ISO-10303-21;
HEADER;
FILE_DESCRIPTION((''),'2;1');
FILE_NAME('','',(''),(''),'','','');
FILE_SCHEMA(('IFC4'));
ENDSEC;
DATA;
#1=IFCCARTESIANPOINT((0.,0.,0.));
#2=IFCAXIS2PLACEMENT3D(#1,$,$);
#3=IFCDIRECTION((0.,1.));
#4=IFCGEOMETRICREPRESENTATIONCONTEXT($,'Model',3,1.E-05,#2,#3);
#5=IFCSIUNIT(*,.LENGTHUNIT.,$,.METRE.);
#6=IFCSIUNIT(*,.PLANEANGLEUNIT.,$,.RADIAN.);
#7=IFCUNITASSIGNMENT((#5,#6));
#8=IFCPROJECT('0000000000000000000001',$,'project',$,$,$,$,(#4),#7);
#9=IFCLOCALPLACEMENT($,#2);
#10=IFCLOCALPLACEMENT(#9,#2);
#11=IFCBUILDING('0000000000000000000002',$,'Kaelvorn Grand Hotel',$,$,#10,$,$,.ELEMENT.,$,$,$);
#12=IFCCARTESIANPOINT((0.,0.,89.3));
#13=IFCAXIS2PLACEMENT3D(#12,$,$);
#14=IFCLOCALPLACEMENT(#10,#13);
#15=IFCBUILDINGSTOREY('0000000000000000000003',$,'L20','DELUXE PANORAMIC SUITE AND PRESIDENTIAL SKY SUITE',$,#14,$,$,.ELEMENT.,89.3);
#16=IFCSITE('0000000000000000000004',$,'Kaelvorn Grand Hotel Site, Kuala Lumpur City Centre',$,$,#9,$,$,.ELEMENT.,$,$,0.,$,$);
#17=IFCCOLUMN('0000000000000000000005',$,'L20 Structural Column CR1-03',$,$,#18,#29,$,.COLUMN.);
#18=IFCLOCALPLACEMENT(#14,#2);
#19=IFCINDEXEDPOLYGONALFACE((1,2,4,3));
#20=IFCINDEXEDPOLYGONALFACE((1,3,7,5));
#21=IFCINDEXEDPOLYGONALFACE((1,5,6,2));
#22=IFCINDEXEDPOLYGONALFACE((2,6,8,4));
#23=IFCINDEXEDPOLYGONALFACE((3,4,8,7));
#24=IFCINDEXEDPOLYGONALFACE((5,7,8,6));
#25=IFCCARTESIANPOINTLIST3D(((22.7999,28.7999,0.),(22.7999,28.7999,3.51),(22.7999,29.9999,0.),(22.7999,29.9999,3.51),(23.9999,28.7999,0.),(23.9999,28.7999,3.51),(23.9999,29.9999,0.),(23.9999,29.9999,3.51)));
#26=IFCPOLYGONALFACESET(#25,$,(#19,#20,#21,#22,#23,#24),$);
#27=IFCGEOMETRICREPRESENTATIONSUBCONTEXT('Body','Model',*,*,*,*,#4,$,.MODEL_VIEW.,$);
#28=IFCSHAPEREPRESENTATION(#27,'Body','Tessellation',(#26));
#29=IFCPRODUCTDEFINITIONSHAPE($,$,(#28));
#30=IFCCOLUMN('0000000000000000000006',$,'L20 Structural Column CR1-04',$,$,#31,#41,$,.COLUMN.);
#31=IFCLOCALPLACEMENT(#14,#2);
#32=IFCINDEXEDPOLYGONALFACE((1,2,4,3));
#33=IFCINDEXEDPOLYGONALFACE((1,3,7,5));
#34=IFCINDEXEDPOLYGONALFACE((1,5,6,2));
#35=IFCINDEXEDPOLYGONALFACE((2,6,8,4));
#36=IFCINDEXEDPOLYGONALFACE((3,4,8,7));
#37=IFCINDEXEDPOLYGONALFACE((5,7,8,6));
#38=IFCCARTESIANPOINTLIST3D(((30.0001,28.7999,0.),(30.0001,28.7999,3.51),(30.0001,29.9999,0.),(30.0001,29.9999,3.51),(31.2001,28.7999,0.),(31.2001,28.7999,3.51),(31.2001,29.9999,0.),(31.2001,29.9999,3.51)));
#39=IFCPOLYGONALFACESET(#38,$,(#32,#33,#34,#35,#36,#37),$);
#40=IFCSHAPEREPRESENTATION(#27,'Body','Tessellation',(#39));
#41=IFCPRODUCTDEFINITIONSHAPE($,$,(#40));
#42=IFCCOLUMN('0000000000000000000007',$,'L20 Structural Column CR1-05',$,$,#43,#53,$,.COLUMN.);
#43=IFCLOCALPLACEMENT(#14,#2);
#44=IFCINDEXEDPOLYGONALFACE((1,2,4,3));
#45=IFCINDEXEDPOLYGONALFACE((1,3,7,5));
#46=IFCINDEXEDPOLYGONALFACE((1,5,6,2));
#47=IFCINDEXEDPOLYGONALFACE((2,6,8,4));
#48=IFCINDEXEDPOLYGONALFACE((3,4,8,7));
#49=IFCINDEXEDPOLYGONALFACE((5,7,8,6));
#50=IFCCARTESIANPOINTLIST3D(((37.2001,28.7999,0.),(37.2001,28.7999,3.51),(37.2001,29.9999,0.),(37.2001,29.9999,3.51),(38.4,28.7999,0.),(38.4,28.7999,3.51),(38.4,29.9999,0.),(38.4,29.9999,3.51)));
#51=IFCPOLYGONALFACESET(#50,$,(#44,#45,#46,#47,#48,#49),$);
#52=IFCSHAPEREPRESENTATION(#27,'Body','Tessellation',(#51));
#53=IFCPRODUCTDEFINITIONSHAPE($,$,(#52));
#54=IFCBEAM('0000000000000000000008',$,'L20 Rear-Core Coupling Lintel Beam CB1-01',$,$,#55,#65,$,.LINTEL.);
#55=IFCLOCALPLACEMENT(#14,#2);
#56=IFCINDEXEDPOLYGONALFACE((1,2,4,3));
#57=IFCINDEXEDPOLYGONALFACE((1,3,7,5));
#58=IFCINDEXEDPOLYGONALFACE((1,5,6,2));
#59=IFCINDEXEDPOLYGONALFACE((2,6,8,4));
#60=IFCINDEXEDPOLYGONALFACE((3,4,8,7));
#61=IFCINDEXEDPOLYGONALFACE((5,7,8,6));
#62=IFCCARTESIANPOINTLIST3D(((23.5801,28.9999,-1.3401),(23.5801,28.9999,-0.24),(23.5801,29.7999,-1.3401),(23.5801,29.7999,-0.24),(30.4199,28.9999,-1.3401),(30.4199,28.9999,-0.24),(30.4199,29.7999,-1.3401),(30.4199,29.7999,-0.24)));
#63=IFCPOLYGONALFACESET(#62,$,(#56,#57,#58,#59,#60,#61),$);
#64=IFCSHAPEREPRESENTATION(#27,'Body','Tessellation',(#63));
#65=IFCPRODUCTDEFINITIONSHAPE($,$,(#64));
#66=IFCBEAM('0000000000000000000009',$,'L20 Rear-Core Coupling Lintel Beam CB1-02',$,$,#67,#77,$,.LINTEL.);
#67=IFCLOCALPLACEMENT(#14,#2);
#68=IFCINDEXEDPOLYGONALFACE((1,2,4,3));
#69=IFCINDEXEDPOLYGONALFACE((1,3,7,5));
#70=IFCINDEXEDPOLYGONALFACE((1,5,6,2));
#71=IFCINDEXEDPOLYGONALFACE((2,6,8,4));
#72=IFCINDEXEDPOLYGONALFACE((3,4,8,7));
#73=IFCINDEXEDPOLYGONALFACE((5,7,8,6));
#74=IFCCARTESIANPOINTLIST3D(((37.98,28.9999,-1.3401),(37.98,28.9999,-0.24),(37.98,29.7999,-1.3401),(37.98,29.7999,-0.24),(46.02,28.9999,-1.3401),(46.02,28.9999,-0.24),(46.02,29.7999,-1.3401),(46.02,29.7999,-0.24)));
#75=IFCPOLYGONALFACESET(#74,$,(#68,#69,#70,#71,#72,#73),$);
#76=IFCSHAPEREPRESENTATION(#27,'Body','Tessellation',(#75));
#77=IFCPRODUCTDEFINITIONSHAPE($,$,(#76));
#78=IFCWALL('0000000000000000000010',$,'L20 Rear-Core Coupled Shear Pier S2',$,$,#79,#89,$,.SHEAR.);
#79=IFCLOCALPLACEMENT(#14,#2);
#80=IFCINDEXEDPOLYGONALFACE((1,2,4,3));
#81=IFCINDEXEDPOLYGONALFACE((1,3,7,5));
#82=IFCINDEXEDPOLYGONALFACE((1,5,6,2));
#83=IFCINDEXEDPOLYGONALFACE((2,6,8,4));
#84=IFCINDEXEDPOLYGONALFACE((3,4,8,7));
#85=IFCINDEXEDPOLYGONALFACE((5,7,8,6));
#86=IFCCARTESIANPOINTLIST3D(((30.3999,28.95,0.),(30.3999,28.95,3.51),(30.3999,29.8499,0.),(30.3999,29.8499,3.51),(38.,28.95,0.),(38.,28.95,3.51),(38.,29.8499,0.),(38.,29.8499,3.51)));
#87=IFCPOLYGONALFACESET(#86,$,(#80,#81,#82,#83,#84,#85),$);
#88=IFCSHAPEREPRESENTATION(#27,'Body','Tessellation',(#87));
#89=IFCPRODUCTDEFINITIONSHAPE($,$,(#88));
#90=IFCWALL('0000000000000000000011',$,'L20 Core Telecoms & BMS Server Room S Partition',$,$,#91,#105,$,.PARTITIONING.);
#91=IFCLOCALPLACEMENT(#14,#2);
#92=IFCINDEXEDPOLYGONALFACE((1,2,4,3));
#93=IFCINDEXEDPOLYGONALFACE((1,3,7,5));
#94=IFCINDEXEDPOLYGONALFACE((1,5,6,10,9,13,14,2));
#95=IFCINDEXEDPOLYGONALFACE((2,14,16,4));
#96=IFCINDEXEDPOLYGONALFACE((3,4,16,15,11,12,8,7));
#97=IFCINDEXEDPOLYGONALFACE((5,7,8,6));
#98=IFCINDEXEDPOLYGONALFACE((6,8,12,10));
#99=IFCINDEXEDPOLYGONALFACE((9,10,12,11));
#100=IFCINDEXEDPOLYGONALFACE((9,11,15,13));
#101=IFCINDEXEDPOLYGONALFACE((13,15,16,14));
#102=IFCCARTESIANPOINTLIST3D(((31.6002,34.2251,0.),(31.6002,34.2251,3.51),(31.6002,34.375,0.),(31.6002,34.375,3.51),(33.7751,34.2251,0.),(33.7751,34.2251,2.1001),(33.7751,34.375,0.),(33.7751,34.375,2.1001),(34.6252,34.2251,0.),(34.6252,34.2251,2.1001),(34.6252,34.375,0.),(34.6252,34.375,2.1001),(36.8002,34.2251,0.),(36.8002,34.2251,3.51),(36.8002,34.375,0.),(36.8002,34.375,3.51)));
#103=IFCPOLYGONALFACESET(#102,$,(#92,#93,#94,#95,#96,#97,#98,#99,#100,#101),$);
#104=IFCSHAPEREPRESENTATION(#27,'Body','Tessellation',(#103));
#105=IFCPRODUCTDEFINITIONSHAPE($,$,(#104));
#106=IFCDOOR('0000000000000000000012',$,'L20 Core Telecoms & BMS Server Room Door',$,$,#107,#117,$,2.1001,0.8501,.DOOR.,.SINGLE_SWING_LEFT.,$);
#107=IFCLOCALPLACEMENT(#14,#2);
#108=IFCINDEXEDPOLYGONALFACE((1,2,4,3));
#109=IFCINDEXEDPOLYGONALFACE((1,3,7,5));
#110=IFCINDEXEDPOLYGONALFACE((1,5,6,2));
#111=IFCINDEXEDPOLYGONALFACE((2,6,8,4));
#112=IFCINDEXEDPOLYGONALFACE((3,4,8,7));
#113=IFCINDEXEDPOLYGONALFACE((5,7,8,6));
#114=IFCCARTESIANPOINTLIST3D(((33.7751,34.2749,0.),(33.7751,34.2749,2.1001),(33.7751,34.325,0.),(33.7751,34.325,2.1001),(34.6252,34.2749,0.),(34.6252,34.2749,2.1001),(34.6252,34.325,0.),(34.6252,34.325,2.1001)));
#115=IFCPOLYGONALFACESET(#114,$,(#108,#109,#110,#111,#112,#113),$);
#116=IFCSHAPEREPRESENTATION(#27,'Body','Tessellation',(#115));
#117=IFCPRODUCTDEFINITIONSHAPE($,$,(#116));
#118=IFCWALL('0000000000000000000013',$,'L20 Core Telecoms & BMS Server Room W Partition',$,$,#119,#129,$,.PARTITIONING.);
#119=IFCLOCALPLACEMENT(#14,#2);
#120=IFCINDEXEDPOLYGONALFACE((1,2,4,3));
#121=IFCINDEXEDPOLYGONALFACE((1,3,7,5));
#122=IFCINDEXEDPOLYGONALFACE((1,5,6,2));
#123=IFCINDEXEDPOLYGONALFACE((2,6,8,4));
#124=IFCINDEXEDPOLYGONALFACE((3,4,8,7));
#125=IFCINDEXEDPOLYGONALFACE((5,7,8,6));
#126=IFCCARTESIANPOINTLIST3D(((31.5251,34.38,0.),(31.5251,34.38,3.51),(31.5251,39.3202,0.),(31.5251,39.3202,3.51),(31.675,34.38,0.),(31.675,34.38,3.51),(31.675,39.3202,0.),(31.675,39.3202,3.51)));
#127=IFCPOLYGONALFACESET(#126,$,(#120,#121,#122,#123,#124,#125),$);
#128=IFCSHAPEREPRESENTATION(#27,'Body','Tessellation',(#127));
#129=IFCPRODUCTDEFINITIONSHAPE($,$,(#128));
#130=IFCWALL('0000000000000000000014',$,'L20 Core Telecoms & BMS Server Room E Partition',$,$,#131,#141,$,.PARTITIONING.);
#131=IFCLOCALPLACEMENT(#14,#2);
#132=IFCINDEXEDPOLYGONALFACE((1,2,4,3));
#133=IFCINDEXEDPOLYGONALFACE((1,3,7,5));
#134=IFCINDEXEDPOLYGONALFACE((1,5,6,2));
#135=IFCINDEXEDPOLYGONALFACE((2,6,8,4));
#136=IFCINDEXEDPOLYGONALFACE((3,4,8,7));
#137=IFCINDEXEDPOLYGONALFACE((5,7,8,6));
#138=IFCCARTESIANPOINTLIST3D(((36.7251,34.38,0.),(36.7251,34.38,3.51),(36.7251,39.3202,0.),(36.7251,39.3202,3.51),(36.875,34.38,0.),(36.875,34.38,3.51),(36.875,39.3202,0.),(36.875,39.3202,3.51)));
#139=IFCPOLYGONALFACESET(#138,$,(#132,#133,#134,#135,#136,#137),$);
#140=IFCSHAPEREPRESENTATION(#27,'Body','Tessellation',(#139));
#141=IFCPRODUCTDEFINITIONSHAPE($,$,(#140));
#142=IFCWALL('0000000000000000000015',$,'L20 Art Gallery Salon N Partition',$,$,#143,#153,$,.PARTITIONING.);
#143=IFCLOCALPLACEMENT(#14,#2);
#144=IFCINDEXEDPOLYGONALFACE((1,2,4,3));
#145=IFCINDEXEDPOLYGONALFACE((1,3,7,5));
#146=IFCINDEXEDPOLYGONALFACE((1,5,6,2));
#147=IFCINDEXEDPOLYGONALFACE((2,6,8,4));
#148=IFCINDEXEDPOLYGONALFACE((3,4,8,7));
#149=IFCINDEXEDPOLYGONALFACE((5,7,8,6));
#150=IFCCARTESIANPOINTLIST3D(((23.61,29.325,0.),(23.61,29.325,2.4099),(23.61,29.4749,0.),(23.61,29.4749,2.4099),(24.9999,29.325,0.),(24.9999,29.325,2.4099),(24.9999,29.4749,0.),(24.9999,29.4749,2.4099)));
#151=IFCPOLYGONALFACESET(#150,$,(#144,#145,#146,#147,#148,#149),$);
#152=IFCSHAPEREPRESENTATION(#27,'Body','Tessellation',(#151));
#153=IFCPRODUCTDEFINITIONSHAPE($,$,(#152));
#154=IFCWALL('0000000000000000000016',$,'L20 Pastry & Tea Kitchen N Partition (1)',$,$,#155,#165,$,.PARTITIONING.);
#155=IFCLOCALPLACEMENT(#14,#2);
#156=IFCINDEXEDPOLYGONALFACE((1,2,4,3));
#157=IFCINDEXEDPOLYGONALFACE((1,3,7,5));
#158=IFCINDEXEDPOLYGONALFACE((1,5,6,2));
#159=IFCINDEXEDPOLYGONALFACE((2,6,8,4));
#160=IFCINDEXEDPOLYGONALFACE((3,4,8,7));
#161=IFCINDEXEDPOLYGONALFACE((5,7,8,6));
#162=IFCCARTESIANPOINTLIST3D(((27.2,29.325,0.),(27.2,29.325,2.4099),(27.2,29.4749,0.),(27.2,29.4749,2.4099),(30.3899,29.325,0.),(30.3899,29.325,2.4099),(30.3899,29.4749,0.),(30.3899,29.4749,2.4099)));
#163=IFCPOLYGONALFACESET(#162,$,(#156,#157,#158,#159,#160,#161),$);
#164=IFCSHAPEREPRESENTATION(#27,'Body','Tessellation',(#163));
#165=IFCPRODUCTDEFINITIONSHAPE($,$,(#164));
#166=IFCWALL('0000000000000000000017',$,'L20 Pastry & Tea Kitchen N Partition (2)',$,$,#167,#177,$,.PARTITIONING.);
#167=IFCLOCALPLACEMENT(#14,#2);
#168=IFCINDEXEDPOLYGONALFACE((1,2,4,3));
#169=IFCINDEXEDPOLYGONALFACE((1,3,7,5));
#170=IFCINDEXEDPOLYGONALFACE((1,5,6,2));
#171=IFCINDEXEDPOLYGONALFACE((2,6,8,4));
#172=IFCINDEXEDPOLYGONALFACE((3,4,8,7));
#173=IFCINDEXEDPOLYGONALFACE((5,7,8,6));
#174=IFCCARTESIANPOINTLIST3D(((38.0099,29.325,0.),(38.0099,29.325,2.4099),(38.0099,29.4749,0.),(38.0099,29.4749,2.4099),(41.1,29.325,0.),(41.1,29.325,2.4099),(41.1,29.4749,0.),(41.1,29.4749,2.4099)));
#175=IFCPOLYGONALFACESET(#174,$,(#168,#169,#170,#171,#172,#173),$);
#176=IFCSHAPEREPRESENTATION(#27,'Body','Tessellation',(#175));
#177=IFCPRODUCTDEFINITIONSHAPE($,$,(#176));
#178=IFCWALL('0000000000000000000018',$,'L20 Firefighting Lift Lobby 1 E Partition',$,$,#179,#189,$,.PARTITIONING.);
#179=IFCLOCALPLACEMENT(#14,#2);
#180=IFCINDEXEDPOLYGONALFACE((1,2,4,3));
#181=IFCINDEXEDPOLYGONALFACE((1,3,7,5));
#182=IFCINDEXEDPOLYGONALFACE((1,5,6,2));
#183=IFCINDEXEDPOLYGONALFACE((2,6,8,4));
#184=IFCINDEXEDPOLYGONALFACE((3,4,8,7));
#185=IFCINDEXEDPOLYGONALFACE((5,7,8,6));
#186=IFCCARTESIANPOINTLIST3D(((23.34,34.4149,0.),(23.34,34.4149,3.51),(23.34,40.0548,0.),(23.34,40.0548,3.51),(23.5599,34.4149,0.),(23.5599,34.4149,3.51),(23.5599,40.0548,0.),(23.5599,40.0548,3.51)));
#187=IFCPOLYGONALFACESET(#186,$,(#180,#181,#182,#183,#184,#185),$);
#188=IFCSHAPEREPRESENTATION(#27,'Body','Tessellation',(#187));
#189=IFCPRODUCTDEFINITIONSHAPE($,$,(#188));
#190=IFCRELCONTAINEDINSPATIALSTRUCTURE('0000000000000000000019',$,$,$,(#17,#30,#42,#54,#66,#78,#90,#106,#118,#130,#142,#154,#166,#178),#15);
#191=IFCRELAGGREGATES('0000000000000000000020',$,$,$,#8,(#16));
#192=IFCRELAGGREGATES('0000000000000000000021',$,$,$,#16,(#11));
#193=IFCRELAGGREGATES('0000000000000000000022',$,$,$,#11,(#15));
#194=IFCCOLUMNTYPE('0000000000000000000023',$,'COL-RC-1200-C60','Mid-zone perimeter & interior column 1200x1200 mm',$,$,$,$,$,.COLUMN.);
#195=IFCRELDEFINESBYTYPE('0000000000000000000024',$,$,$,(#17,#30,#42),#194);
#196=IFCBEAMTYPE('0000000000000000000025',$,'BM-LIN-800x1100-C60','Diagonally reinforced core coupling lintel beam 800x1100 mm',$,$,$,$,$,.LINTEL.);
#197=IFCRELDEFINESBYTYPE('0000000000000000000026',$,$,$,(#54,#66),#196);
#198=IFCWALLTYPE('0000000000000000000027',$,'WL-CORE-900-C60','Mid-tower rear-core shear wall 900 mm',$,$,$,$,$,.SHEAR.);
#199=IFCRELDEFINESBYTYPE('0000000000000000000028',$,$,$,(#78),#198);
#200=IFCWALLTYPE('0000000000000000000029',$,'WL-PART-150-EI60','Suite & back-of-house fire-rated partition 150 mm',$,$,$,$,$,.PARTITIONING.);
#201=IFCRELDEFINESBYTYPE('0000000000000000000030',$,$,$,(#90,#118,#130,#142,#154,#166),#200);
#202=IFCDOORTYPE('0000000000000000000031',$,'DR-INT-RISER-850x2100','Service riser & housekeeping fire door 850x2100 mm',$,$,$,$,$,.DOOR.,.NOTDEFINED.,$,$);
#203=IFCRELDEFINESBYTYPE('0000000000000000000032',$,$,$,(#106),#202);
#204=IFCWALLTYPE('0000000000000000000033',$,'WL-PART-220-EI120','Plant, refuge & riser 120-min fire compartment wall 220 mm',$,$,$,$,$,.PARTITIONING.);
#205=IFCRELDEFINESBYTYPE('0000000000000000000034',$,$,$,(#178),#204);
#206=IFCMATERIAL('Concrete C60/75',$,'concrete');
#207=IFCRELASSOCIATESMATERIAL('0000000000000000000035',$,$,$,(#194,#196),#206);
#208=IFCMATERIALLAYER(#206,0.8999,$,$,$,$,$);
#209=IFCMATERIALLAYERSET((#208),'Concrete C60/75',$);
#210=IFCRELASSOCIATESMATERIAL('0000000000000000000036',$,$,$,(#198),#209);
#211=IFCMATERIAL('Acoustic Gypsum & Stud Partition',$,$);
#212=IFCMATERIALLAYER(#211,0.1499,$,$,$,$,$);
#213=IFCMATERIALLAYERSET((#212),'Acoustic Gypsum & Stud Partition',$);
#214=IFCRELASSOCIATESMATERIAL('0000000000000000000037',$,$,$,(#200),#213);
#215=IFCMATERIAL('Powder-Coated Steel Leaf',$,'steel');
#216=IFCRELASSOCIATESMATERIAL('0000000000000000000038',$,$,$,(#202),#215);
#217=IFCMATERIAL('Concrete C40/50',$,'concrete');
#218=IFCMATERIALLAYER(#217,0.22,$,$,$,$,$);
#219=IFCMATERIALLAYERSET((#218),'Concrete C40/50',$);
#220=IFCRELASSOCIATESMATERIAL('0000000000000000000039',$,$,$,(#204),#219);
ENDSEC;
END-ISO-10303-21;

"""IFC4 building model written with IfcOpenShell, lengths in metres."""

from ifc_helpers import new_model, si_unit, direction, frame, frame_2d, origin, origin_2d, place, context, subcontext, project, spatial, rectangle, extrude, material, layer, layer_set, material_profile, profile_set, type_object, element, fill, save


model = new_model("IFC4")

# Units and contexts
model_context = context("Model", 3, precision=1e-05, world=origin(), true_north=direction((0.0, 1.0)))
body_context = subcontext(model_context, "Body", "Model", "MODEL_VIEW")
ifc_project = project(units=[si_unit("LENGTHUNIT", "METRE"), si_unit("PLANEANGLEUNIT", "RADIAN")], contexts=[model_context])

# Site, building, storey
site_placement = place(None, origin())
site = spatial("IfcSite", under=ifc_project, at=site_placement, Name="Kaelvorn Grand Hotel Site, Kuala Lumpur City Centre", CompositionType="ELEMENT", RefElevation=0.0)
building_placement = place(site_placement, origin())
building = spatial("IfcBuilding", under=site, at=building_placement, Name="Kaelvorn Grand Hotel", CompositionType="ELEMENT")
storey_placement = place(building_placement, frame((0.0, 0.0, 89.3)))
storey = spatial("IfcBuildingStorey", under=building, at=storey_placement, Name="L20", Description="DELUXE PANORAMIC SUITE AND PRESIDENTIAL SKY SUITE", CompositionType="ELEMENT", Elevation=89.3)

# Columns
ifc_material_1 = material(Name="Concrete C60/75", Category="concrete")
ifc_material_profile_1 = material_profile(ifc_material_1, rectangle(XDim=1.2, YDim=1.2, at=origin_2d()), Name="RC COL 1200x1200")
ifc_profile_set_1 = profile_set([ifc_material_profile_1], Name="Concrete C60/75")
column_type = type_object("IfcColumnType", Name="COL-RC-1200-C60", Description="Mid-zone perimeter & interior column 1200x1200 mm", PredefinedType="COLUMN", material=ifc_profile_set_1)
for number, where, z_axis, x_axis, name in (
    (1, (23.3999, 29.3999, 0.0), (0.0, 0.0, 1.0), (1.0, 0.0, 0.0), "L20 Structural Column CR1-03"),
    (2, (30.6001, 29.3999, 0.0), (0.0, 0.0, 1.0), (1.0, 0.0, 0.0), "L20 Structural Column CR1-04"),
    (3, (37.8, 29.3999, 0.0), (0.0, 0.0, 1.0), (1.0, 0.0, 0.0), "L20 Structural Column CR1-05"),
):
    element("IfcColumn", number, at=place(storey_placement, frame(where, z_axis=z_axis, x_axis=x_axis)), inside=storey, type_object=column_type, Name=name, PredefinedType="COLUMN", context=body_context, shape_type="SweptSolid", body=[
        extrude(rectangle(XDim=1.2, YDim=1.2, at=origin_2d()), origin(), (0.0, 0.0, 1.0), 3.51),
    ])

# Beams
ifc_material_profile_2 = material_profile(ifc_material_1, rectangle(XDim=0.8, YDim=1.1001, at=origin_2d()), Name="RC LINTEL 800x1100")
ifc_profile_set_2 = profile_set([ifc_material_profile_2], Name="Concrete C60/75")
beam_type = type_object("IfcBeamType", Name="BM-LIN-800x1100-C60", Description="Diagonally reinforced core coupling lintel beam 800x1100 mm", PredefinedType="LINTEL", material=ifc_profile_set_2)
beam_1_placement = place(storey_placement, frame((23.5801, 29.3999, -0.79), z_axis=(1.0, 0.0, 0.0), x_axis=(0.0, 1.0, 0.0)))
element("IfcBeam", 4, at=beam_1_placement, inside=storey, type_object=beam_type, Name="L20 Rear-Core Coupling Lintel Beam CB1-01", PredefinedType="LINTEL", context=body_context, shape_type="SweptSolid", body=[
    extrude(rectangle(XDim=0.8, YDim=1.1001, at=origin_2d()), origin(), (0.0, 0.0, 1.0), 6.8398),
])
beam_2_placement = place(storey_placement, frame((37.98, 29.3999, -0.79), z_axis=(1.0, 0.0, 0.0), x_axis=(0.0, 1.0, 0.0)))
element("IfcBeam", 5, at=beam_2_placement, inside=storey, type_object=beam_type, Name="L20 Rear-Core Coupling Lintel Beam CB1-02", PredefinedType="LINTEL", context=body_context, shape_type="SweptSolid", body=[
    extrude(rectangle(XDim=0.8, YDim=1.1001, at=origin_2d()), origin(), (0.0, 0.0, 1.0), 8.04),
])

# Wall
ifc_layer_1 = layer(ifc_material_1, 0.8999)
ifc_layer_set_1 = layer_set([ifc_layer_1], Name="Concrete C60/75")
wall_type_1 = type_object("IfcWallType", Name="WL-CORE-900-C60", Description="Mid-tower rear-core shear wall 900 mm", PredefinedType="SHEAR", material=ifc_layer_set_1)
wall_1_placement = place(storey_placement, frame((30.3999, 29.3999, 0.0), z_axis=(0.0, 0.0, 1.0), x_axis=(1.0, 0.0, 0.0)))
element("IfcWall", 6, at=wall_1_placement, inside=storey, type_object=wall_type_1, Name="L20 Rear-Core Coupled Shear Pier S2", PredefinedType="SHEAR", context=body_context, shape_type="SweptSolid", body=[
    extrude(rectangle(XDim=7.6001, YDim=0.8999, at=frame_2d((3.8, 0.0))), origin(), (0.0, 0.0, 1.0), 3.51),
])

# Wall, opening, door
ifc_material_2 = material(Name="Acoustic Gypsum & Stud Partition")
ifc_layer_2 = layer(ifc_material_2, 0.1499)
ifc_layer_set_2 = layer_set([ifc_layer_2], Name="Acoustic Gypsum & Stud Partition")
wall_type_2 = type_object("IfcWallType", Name="WL-PART-150-EI60", Description="Suite & back-of-house fire-rated partition 150 mm", PredefinedType="PARTITIONING", material=ifc_layer_set_2)
wall_2_placement = place(storey_placement, frame((31.6001, 34.3, 0.0), z_axis=(0.0, 0.0, 1.0), x_axis=(1.0, 0.0, 0.0)))
wall_2 = element("IfcWall", 7, at=wall_2_placement, inside=storey, type_object=wall_type_2, Name="L20 Core Telecoms & BMS Server Room S Partition", PredefinedType="PARTITIONING", context=body_context, shape_type="SweptSolid", body=[
    extrude(rectangle(XDim=5.2, YDim=0.1499, at=frame_2d((2.6001, 0.0))), origin(), (0.0, 0.0, 1.0), 3.51),
])
opening_1_placement = place(wall_2_placement, frame((2.175, 0.0, 0.0)))
opening_1 = element("IfcOpeningElement", 8, at=opening_1_placement, cuts=wall_2, PredefinedType="OPENING", context=body_context, shape_type="SweptSolid", body=[
    extrude(rectangle(XDim=0.8501, YDim=2.1001, at=frame_2d((0.425, 1.05))), frame((0.0, 0.085, 0.0), z_axis=(0.0, -1.0, 0.0), x_axis=(1.0, 0.0, 0.0)), (0.0, 0.0, 1.0), 0.1699),
])
ifc_material_3 = material(Name="Powder-Coated Steel Leaf", Category="steel")
door_type_1 = type_object("IfcDoorType", Name="DR-INT-RISER-850x2100", Description="Service riser & housekeeping fire door 850x2100 mm", OperationType="NOTDEFINED", PredefinedType="DOOR", material=ifc_material_3)
door_1_placement = place(opening_1_placement, origin())
door_1 = element("IfcDoor", 9, at=door_1_placement, inside=storey, type_object=door_type_1, Name="L20 Core Telecoms & BMS Server Room Door", OperationType="SINGLE_SWING_LEFT", OverallHeight=2.1001, OverallWidth=0.8501, PredefinedType="DOOR", context=body_context, shape_type="SweptSolid", body=[
    extrude(rectangle(XDim=0.8501, YDim=2.1001, at=frame_2d((0.425, 1.05))), frame((0.0, 0.0249, 0.0), z_axis=(0.0, -1.0, 0.0), x_axis=(1.0, 0.0, 0.0)), (0.0, 0.0, 1.0), 0.05),
])
fill(opening_1, door_1)

# Walls
for number, where, z_axis, x_axis, name in (
    (10, (31.6001, 34.3799, 0.0), (0.0, 0.0, 1.0), (0.0, 1.0, 0.0), "L20 Core Telecoms & BMS Server Room W Partition"),
    (11, (36.8, 34.3799, 0.0), (0.0, 0.0, 1.0), (0.0, 1.0, 0.0), "L20 Core Telecoms & BMS Server Room E Partition"),
):
    element("IfcWall", number, at=place(storey_placement, frame(where, z_axis=z_axis, x_axis=x_axis)), inside=storey, type_object=wall_type_2, Name=name, PredefinedType="PARTITIONING", context=body_context, shape_type="SweptSolid", body=[
        extrude(rectangle(XDim=4.9402, YDim=0.1499, at=frame_2d((2.4702, 0.0))), origin(), (0.0, 0.0, 1.0), 3.51),
    ])
wall_3_placement = place(storey_placement, frame((23.6101, 29.3999, 0.0), z_axis=(0.0, 0.0, 1.0), x_axis=(1.0, 0.0, 0.0)))
element("IfcWall", 12, at=wall_3_placement, inside=storey, type_object=wall_type_2, Name="L20 Art Gallery Salon N Partition", PredefinedType="PARTITIONING", context=body_context, shape_type="SweptSolid", body=[
    extrude(rectangle(XDim=1.3899, YDim=0.1499, at=frame_2d((0.6948, 0.0))), origin(), (0.0, 0.0, 1.0), 2.4099),
])
wall_4_placement = place(storey_placement, frame((27.2, 29.3999, 0.0), z_axis=(0.0, 0.0, 1.0), x_axis=(1.0, 0.0, 0.0)))
element("IfcWall", 13, at=wall_4_placement, inside=storey, type_object=wall_type_2, Name="L20 Pastry & Tea Kitchen N Partition (1)", PredefinedType="PARTITIONING", context=body_context, shape_type="SweptSolid", body=[
    extrude(rectangle(XDim=3.1899, YDim=0.1499, at=frame_2d((1.595, 0.0))), origin(), (0.0, 0.0, 1.0), 2.4099),
])
wall_5_placement = place(storey_placement, frame((38.01, 29.3999, 0.0), z_axis=(0.0, 0.0, 1.0), x_axis=(1.0, 0.0, 0.0)))
element("IfcWall", 14, at=wall_5_placement, inside=storey, type_object=wall_type_2, Name="L20 Pastry & Tea Kitchen N Partition (2)", PredefinedType="PARTITIONING", context=body_context, shape_type="SweptSolid", body=[
    extrude(rectangle(XDim=3.0901, YDim=0.1499, at=frame_2d((1.5449, 0.0))), origin(), (0.0, 0.0, 1.0), 2.4099),
])
ifc_material_4 = material(Name="Concrete C40/50", Category="concrete")
ifc_layer_3 = layer(ifc_material_4, 0.22)
ifc_layer_set_3 = layer_set([ifc_layer_3], Name="Concrete C40/50")
wall_type_3 = type_object("IfcWallType", Name="WL-PART-220-EI120", Description="Plant, refuge & riser 120-min fire compartment wall 220 mm", PredefinedType="PARTITIONING", material=ifc_layer_set_3)
wall_6_placement = place(storey_placement, frame((23.45, 34.415, 0.0), z_axis=(0.0, 0.0, 1.0), x_axis=(0.0, 1.0, 0.0)))
element("IfcWall", 15, at=wall_6_placement, inside=storey, type_object=wall_type_3, Name="L20 Firefighting Lift Lobby 1 E Partition", PredefinedType="PARTITIONING", context=body_context, shape_type="SweptSolid", body=[
    extrude(rectangle(XDim=5.6399, YDim=0.22, at=frame_2d((2.8198, 0.0))), origin(), (0.0, 0.0, 1.0), 3.51),
])

save(model, "model.ifc")
